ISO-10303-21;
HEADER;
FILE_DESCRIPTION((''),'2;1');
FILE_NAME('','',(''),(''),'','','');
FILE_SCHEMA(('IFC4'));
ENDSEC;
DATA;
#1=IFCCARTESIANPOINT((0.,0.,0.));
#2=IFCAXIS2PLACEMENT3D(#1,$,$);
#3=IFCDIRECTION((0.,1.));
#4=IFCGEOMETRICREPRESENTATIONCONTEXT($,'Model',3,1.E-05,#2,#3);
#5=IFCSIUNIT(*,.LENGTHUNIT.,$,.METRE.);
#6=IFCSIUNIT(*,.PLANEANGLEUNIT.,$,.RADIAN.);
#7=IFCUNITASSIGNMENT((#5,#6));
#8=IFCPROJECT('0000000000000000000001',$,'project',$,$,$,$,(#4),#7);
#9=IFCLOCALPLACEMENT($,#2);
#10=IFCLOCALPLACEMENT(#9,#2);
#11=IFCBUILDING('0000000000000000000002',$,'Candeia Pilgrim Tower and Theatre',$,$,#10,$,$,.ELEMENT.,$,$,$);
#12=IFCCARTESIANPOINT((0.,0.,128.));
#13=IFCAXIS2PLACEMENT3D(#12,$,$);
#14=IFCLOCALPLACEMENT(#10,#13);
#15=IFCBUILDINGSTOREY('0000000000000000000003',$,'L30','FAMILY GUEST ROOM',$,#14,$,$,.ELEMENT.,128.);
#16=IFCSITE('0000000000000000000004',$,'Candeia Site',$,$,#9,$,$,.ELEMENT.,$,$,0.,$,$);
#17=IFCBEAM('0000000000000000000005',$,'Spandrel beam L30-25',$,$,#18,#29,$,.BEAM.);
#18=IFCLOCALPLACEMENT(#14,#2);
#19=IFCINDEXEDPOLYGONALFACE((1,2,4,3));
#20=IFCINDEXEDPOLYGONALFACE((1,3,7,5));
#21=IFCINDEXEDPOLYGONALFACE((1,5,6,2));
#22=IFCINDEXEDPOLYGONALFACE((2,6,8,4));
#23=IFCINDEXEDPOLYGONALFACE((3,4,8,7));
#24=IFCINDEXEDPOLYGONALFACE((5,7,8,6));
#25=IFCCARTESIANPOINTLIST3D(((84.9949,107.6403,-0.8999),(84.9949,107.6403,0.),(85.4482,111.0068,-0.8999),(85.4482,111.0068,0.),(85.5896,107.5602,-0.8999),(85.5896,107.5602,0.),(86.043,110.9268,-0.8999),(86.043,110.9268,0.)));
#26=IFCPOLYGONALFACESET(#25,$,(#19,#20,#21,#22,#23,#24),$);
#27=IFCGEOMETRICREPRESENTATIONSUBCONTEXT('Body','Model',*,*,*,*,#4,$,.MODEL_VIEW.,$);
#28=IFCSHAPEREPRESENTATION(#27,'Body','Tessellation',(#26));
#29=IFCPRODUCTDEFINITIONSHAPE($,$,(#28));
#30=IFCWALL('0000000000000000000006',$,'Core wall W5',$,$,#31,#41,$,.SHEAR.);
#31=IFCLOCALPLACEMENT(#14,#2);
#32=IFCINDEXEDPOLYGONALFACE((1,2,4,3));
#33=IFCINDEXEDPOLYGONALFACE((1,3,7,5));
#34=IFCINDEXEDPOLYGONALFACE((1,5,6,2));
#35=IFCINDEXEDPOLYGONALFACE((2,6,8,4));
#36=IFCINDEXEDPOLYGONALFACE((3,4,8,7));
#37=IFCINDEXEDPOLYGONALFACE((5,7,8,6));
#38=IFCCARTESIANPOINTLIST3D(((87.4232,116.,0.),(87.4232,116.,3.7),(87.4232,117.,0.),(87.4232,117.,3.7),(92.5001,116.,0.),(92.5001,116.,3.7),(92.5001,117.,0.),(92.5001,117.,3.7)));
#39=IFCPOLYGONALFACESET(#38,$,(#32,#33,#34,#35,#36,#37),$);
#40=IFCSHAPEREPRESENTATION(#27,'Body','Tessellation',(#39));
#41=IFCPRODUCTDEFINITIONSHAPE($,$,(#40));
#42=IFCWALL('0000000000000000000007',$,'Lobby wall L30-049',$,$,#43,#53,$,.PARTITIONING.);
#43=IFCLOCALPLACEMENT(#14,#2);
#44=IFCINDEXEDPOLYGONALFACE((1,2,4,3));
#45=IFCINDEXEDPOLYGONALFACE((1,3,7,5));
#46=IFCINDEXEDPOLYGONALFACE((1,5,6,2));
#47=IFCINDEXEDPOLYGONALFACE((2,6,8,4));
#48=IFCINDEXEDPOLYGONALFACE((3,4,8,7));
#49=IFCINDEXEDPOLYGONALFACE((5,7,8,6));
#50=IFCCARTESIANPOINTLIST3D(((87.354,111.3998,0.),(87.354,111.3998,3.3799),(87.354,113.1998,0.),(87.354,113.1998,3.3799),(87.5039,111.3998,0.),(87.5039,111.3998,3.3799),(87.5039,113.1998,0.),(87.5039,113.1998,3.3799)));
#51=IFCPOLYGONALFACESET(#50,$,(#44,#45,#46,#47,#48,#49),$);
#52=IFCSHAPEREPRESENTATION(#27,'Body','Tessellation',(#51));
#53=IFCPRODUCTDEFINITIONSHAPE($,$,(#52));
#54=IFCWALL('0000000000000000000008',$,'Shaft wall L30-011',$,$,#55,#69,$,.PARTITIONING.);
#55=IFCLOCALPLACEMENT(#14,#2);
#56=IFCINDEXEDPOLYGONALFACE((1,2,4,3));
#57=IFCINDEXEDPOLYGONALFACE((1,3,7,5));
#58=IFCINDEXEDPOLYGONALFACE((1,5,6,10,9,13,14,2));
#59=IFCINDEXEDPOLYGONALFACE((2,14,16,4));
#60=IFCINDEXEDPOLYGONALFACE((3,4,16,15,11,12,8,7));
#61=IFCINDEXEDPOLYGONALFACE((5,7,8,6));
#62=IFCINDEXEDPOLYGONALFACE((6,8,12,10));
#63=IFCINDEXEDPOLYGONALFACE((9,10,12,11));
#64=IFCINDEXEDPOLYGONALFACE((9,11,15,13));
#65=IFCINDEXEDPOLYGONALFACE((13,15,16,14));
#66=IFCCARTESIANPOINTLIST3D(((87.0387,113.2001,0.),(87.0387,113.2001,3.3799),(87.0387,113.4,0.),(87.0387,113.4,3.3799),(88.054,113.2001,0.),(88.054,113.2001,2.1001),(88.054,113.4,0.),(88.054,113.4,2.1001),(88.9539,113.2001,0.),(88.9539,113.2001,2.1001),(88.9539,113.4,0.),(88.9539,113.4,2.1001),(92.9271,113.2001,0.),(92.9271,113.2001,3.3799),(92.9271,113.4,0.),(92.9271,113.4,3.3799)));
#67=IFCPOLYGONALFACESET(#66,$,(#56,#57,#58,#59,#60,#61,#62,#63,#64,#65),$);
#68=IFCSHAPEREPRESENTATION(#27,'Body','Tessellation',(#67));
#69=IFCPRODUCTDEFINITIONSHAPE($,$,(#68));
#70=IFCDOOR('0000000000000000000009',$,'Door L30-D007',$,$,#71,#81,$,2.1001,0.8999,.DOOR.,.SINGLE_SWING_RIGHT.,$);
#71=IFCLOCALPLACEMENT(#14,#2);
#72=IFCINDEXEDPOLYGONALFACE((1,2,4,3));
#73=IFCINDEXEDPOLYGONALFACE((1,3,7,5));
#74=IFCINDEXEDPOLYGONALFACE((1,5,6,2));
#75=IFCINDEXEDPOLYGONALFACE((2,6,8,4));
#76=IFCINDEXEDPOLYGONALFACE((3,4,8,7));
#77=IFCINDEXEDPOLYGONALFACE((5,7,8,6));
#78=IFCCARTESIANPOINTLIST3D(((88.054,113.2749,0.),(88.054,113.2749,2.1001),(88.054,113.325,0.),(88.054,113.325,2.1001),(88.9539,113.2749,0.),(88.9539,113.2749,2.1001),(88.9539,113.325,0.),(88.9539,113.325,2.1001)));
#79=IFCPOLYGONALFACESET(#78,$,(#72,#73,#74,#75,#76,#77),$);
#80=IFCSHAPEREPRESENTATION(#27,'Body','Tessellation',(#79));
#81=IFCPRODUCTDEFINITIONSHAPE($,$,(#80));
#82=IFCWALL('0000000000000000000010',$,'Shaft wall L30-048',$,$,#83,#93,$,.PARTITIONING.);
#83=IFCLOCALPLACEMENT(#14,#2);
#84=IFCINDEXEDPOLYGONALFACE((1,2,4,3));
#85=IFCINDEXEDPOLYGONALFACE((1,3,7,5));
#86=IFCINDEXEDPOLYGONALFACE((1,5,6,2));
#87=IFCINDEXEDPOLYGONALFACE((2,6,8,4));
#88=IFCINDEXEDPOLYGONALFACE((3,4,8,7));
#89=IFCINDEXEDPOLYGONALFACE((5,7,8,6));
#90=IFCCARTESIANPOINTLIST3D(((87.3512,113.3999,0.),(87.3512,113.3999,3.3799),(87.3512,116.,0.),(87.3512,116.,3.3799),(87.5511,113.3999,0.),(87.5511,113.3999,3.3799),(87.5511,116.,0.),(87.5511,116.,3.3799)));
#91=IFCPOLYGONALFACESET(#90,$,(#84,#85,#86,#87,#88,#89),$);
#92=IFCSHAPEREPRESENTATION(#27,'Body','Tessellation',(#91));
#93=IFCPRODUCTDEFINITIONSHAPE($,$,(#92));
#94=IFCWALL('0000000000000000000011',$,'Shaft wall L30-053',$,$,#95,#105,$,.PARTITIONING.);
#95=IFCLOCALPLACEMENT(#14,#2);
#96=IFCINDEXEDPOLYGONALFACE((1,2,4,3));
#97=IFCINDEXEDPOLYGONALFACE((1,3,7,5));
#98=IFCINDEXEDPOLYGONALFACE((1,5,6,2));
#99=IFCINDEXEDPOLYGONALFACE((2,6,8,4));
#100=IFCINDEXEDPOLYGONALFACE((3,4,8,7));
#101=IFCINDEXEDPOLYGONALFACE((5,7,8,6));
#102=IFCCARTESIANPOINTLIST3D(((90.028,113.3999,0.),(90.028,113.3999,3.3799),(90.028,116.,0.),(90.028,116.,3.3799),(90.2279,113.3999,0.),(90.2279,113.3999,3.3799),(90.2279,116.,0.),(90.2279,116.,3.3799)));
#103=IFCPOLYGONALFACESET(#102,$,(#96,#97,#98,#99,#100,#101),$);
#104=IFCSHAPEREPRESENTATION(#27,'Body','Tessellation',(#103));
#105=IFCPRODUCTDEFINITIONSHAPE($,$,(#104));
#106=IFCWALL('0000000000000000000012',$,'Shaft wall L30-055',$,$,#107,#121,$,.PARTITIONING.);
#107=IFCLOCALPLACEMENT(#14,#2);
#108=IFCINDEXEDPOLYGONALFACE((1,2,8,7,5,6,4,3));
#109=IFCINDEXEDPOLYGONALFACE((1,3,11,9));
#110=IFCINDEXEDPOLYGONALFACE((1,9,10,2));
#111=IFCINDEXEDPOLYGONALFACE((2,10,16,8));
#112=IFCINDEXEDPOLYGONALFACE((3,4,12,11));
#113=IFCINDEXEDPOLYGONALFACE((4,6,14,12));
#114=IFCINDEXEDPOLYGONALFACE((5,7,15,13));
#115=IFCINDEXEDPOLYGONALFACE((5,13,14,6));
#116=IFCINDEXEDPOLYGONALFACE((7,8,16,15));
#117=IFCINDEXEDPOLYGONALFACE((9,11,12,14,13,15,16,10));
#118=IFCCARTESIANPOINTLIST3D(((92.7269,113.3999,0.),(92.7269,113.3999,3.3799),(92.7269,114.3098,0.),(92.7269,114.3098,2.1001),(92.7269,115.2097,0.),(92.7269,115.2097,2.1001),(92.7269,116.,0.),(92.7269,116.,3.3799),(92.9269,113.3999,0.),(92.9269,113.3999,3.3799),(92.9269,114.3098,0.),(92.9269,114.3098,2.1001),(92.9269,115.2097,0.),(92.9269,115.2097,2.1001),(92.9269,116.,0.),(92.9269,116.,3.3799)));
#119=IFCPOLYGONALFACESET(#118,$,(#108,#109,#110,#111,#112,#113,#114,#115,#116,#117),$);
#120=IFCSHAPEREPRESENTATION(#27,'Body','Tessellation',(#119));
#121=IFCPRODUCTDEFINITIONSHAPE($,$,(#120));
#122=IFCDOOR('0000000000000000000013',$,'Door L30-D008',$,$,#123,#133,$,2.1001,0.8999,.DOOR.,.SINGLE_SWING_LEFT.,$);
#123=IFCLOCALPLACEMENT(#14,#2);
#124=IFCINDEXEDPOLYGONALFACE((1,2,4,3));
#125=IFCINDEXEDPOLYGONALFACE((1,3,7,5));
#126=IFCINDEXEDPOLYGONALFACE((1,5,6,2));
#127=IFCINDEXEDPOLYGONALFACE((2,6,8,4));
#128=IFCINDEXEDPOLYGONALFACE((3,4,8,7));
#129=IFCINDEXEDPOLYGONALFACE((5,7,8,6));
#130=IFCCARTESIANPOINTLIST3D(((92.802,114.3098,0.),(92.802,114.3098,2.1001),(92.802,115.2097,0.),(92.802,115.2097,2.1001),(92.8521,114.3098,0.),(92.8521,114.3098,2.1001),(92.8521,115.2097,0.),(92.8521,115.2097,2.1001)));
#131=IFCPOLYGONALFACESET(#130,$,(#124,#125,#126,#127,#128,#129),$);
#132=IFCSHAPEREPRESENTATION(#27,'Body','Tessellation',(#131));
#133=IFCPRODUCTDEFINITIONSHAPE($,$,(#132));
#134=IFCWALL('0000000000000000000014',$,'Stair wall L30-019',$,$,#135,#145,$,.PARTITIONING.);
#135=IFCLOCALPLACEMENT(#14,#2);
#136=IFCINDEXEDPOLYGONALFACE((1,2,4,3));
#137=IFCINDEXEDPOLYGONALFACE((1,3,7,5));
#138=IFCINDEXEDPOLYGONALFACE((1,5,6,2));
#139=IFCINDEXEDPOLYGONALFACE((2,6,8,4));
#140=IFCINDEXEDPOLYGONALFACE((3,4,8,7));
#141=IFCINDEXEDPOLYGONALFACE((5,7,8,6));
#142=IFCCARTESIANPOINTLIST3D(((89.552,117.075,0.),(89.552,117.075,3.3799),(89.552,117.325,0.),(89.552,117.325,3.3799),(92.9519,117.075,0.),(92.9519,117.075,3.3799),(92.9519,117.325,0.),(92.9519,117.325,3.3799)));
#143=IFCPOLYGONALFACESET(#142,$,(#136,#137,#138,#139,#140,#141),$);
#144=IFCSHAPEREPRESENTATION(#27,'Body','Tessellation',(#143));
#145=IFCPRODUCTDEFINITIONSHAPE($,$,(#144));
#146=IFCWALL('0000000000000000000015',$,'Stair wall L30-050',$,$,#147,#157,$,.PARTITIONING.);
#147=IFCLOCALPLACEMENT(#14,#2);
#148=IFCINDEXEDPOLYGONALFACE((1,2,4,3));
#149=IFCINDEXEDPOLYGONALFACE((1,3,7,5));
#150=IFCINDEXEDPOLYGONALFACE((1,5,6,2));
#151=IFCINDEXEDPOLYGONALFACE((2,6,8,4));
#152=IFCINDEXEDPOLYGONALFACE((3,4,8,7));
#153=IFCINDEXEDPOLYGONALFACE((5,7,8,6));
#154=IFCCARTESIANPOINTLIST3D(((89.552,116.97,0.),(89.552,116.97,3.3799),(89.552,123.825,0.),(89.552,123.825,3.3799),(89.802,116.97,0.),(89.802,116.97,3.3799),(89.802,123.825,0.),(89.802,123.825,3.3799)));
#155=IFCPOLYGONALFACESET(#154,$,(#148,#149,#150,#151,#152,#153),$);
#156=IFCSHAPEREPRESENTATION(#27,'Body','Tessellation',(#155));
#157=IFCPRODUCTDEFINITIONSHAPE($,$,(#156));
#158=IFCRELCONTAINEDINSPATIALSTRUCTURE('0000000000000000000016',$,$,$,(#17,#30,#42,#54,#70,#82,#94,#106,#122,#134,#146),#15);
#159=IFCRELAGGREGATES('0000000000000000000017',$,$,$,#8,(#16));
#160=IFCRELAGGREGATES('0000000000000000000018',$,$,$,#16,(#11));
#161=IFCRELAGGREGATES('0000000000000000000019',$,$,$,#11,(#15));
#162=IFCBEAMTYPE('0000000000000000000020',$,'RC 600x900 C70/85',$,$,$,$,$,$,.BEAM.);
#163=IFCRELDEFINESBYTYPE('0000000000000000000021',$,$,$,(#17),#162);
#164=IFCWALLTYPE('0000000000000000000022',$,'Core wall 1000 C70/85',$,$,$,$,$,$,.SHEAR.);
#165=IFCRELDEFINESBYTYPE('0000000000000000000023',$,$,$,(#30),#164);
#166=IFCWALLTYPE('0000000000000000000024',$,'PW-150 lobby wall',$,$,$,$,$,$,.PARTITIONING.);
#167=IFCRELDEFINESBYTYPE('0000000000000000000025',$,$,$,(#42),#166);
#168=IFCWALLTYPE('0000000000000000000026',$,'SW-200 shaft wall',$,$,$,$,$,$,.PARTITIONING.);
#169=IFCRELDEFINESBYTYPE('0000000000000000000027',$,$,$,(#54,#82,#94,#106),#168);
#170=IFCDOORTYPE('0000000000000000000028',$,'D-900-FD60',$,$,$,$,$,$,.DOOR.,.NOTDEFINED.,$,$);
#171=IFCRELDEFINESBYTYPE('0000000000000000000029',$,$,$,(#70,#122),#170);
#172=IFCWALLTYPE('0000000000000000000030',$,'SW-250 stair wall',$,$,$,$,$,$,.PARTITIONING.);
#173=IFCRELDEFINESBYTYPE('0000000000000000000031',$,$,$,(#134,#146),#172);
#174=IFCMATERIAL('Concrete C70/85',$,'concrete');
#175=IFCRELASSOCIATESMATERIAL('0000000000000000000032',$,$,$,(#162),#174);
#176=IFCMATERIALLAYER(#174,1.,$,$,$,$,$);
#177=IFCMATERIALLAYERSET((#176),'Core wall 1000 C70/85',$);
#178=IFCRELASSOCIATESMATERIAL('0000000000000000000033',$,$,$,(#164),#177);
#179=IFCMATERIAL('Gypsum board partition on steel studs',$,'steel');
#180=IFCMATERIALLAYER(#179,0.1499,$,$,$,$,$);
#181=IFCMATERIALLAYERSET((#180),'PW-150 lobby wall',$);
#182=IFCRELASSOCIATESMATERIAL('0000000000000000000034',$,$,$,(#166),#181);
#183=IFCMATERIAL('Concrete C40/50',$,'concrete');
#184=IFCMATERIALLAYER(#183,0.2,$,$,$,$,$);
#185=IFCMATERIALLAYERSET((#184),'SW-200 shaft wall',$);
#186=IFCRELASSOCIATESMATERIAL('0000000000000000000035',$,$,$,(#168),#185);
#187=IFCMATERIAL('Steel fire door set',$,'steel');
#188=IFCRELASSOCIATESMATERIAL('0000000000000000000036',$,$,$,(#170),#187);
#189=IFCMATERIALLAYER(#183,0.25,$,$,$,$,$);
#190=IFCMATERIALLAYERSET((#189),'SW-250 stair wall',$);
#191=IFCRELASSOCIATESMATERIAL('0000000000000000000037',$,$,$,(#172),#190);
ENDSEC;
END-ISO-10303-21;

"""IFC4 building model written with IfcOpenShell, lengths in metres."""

from ifc_helpers import new_model, si_unit, direction, frame, frame_2d, origin, origin_2d, place, context, subcontext, project, spatial, rectangle, extrude, material, layer, layer_set, material_profile, profile_set, type_object, element, fill, save


model = new_model("IFC4")

# Units and contexts
model_context = context("Model", 3, precision=1e-05, world=origin(), true_north=direction((0.0, 1.0)))
body_context = subcontext(model_context, "Body", "Model", "MODEL_VIEW")
ifc_project = project(units=[si_unit("LENGTHUNIT", "METRE"), si_unit("PLANEANGLEUNIT", "RADIAN")], contexts=[model_context])

# Site, building, storey
site_placement = place(None, origin())
site = spatial("IfcSite", under=ifc_project, at=site_placement, Name="Candeia Site", CompositionType="ELEMENT", RefElevation=0.0)
building_placement = place(site_placement, origin())
building = spatial("IfcBuilding", under=site, at=building_placement, Name="Candeia Pilgrim Tower and Theatre", CompositionType="ELEMENT")
storey_placement = place(building_placement, frame((0.0, 0.0, 128.0)))
storey = spatial("IfcBuildingStorey", under=building, at=storey_placement, Name="L30", Description="FAMILY GUEST ROOM", CompositionType="ELEMENT", Elevation=128.0)

# Beam
ifc_material_1 = material(Name="Concrete C70/85", Category="concrete")
ifc_material_profile = material_profile(ifc_material_1, rectangle(XDim=0.6001, YDim=0.8999, at=origin_2d()))
ifc_profile_set = profile_set([ifc_material_profile], Name="Concrete C70/85")
beam_type = type_object("IfcBeamType", Name="RC 600x900 C70/85", PredefinedType="BEAM", material=ifc_profile_set)
beam_placement = place(storey_placement, frame((85.7456, 110.9668, -0.45), z_axis=(-0.133458, -0.991054, 0.0), x_axis=(0.991054, -0.133458, 0.0)))
element("IfcBeam", 1, at=beam_placement, inside=storey, type_object=beam_type, Name="Spandrel beam L30-25", PredefinedType="BEAM", context=body_context, shape_type="SweptSolid", body=[
    extrude(rectangle(XDim=0.6001, YDim=0.8999, at=origin_2d()), origin(), (0.0, 0.0, 1.0), 3.397),
])

# Walls
ifc_layer_1 = layer(ifc_material_1, 1.0)
ifc_layer_set_1 = layer_set([ifc_layer_1], Name="Core wall 1000 C70/85")
wall_type_1 = type_object("IfcWallType", Name="Core wall 1000 C70/85", PredefinedType="SHEAR", material=ifc_layer_set_1)
wall_1_placement = place(storey_placement, frame((87.4231, 116.5, 0.0), z_axis=(0.0, 0.0, 1.0), x_axis=(1.0, 0.0, 0.0)))
element("IfcWall", 2, at=wall_1_placement, inside=storey, type_object=wall_type_1, Name="Core wall W5", PredefinedType="SHEAR", context=body_context, shape_type="SweptSolid", body=[
    extrude(rectangle(XDim=5.0769, YDim=1.0, at=frame_2d((2.5386, 0.0))), origin(), (0.0, 0.0, 1.0), 3.7),
])
ifc_material_2 = material(Name="Gypsum board partition on steel studs", Category="steel")
ifc_layer_2 = layer(ifc_material_2, 0.1499)
ifc_layer_set_2 = layer_set([ifc_layer_2], Name="PW-150 lobby wall")
wall_type_2 = type_object("IfcWallType", Name="PW-150 lobby wall", PredefinedType="PARTITIONING", material=ifc_layer_set_2)
wall_2_placement = place(storey_placement, frame((87.429, 111.3999, 0.0), z_axis=(0.0, 0.0, 1.0), x_axis=(0.0, 1.0, 0.0)))
element("IfcWall", 3, at=wall_2_placement, inside=storey, type_object=wall_type_2, Name="Lobby wall L30-049", PredefinedType="PARTITIONING", context=body_context, shape_type="SweptSolid", body=[
    extrude(rectangle(XDim=1.8, YDim=0.1499, at=frame_2d((0.8999, 0.0))), origin(), (0.0, 0.0, 1.0), 3.3799),
])

# Wall, opening, door
ifc_material_3 = material(Name="Concrete C40/50", Category="concrete")
ifc_layer_3 = layer(ifc_material_3, 0.2)
ifc_layer_set_3 = layer_set([ifc_layer_3], Name="SW-200 shaft wall")
wall_type_3 = type_object("IfcWallType", Name="SW-200 shaft wall", PredefinedType="PARTITIONING", material=ifc_layer_set_3)
wall_3_placement = place(storey_placement, frame((87.0386, 113.3, 0.0), z_axis=(0.0, 0.0, 1.0), x_axis=(1.0, 0.0, 0.0)))
wall_3 = element("IfcWall", 4, at=wall_3_placement, inside=storey, type_object=wall_type_3, Name="Shaft wall L30-011", PredefinedType="PARTITIONING", context=body_context, shape_type="SweptSolid", body=[
    extrude(rectangle(XDim=5.8884, YDim=0.2, at=frame_2d((2.9443, 0.0))), origin(), (0.0, 0.0, 1.0), 3.3799),
])
opening_1_placement = place(wall_3_placement, frame((1.0154, 0.0, 0.0)))
opening_1 = element("IfcOpeningElement", 5, at=opening_1_placement, cuts=wall_3, PredefinedType="OPENING", context=body_context, shape_type="SweptSolid", body=[
    extrude(rectangle(XDim=0.8999, YDim=2.1001, at=frame_2d((0.45, 1.05))), frame((0.0, 0.1099, 0.0), z_axis=(0.0, -1.0, 0.0), x_axis=(1.0, 0.0, 0.0)), (0.0, 0.0, 1.0), 0.22),
])
ifc_material_4 = material(Name="Steel fire door set", Category="steel")
door_type = type_object("IfcDoorType", Name="D-900-FD60", OperationType="NOTDEFINED", PredefinedType="DOOR", material=ifc_material_4)
door_1_placement = place(opening_1_placement, origin())
door_1 = element("IfcDoor", 6, at=door_1_placement, inside=storey, type_object=door_type, Name="Door L30-D007", OperationType="SINGLE_SWING_RIGHT", OverallHeight=2.1001, OverallWidth=0.8999, PredefinedType="DOOR", context=body_context, shape_type="SweptSolid", body=[
    extrude(rectangle(XDim=0.8999, YDim=2.1001, at=frame_2d((0.45, 1.05))), frame((0.0, 0.0249, 0.0), z_axis=(0.0, -1.0, 0.0), x_axis=(1.0, 0.0, 0.0)), (0.0, 0.0, 1.0), 0.05),
])
fill(opening_1, door_1)

# Walls
for number, where, z_axis, x_axis, name in (
    (7, (87.4512, 113.3999, 0.0), (0.0, 0.0, 1.0), (0.0, 1.0, 0.0), "Shaft wall L30-048"),
    (8, (90.1279, 113.3999, 0.0), (0.0, 0.0, 1.0), (0.0, 1.0, 0.0), "Shaft wall L30-053"),
):
    element("IfcWall", number, at=place(storey_placement, frame(where, z_axis=z_axis, x_axis=x_axis)), inside=storey, type_object=wall_type_3, Name=name, PredefinedType="PARTITIONING", context=body_context, shape_type="SweptSolid", body=[
        extrude(rectangle(XDim=2.6001, YDim=0.2, at=frame_2d((1.3, 0.0))), origin(), (0.0, 0.0, 1.0), 3.3799),
    ])

# Wall, opening, door
wall_4_placement = place(storey_placement, frame((92.8269, 113.3999, 0.0), z_axis=(0.0, 0.0, 1.0), x_axis=(0.0, 1.0, 0.0)))
wall_4 = element("IfcWall", 9, at=wall_4_placement, inside=storey, type_object=wall_type_3, Name="Shaft wall L30-055", PredefinedType="PARTITIONING", context=body_context, shape_type="SweptSolid", body=[
    extrude(rectangle(XDim=2.6001, YDim=0.2, at=frame_2d((1.3, 0.0))), origin(), (0.0, 0.0, 1.0), 3.3799),
])
opening_2_placement = place(wall_4_placement, frame((0.9099, 0.0, 0.0)))
opening_2 = element("IfcOpeningElement", 10, at=opening_2_placement, cuts=wall_4, PredefinedType="OPENING", context=body_context, shape_type="SweptSolid", body=[
    extrude(rectangle(XDim=0.8999, YDim=2.1001, at=frame_2d((0.45, 1.05))), frame((0.0, 0.1099, 0.0), z_axis=(0.0, -1.0, 0.0), x_axis=(1.0, 0.0, 0.0)), (0.0, 0.0, 1.0), 0.22),
])
door_2_placement = place(opening_2_placement, origin())
door_2 = element("IfcDoor", 11, at=door_2_placement, inside=storey, type_object=door_type, Name="Door L30-D008", OperationType="SINGLE_SWING_LEFT", OverallHeight=2.1001, OverallWidth=0.8999, PredefinedType="DOOR", context=body_context, shape_type="SweptSolid", body=[
    extrude(rectangle(XDim=0.8999, YDim=2.1001, at=frame_2d((0.45, 1.05))), frame((0.0, 0.0249, 0.0), z_axis=(0.0, -1.0, 0.0), x_axis=(1.0, 0.0, 0.0)), (0.0, 0.0, 1.0), 0.05),
])
fill(opening_2, door_2)

# Walls
ifc_layer_4 = layer(ifc_material_3, 0.25)
ifc_layer_set_4 = layer_set([ifc_layer_4], Name="SW-250 stair wall")
wall_type_4 = type_object("IfcWallType", Name="SW-250 stair wall", PredefinedType="PARTITIONING", material=ifc_layer_set_4)
wall_5_placement = place(storey_placement, frame((89.552, 117.2, 0.0), z_axis=(0.0, 0.0, 1.0), x_axis=(1.0, 0.0, 0.0)))
element("IfcWall", 12, at=wall_5_placement, inside=storey, type_object=wall_type_4, Name="Stair wall L30-019", PredefinedType="PARTITIONING", context=body_context, shape_type="SweptSolid", body=[
    extrude(rectangle(XDim=3.3999, YDim=0.25, at=frame_2d((1.7, 0.0))), origin(), (0.0, 0.0, 1.0), 3.3799),
])
wall_6_placement = place(storey_placement, frame((89.677, 116.97, 0.0), z_axis=(0.0, 0.0, 1.0), x_axis=(0.0, 1.0, 0.0)))
element("IfcWall", 13, at=wall_6_placement, inside=storey, type_object=wall_type_4, Name="Stair wall L30-050", PredefinedType="PARTITIONING", context=body_context, shape_type="SweptSolid", body=[
    extrude(rectangle(XDim=6.855, YDim=0.25, at=frame_2d((3.4275, 0.0))), origin(), (0.0, 0.0, 1.0), 3.3799),
])

save(model, "model.ifc")
